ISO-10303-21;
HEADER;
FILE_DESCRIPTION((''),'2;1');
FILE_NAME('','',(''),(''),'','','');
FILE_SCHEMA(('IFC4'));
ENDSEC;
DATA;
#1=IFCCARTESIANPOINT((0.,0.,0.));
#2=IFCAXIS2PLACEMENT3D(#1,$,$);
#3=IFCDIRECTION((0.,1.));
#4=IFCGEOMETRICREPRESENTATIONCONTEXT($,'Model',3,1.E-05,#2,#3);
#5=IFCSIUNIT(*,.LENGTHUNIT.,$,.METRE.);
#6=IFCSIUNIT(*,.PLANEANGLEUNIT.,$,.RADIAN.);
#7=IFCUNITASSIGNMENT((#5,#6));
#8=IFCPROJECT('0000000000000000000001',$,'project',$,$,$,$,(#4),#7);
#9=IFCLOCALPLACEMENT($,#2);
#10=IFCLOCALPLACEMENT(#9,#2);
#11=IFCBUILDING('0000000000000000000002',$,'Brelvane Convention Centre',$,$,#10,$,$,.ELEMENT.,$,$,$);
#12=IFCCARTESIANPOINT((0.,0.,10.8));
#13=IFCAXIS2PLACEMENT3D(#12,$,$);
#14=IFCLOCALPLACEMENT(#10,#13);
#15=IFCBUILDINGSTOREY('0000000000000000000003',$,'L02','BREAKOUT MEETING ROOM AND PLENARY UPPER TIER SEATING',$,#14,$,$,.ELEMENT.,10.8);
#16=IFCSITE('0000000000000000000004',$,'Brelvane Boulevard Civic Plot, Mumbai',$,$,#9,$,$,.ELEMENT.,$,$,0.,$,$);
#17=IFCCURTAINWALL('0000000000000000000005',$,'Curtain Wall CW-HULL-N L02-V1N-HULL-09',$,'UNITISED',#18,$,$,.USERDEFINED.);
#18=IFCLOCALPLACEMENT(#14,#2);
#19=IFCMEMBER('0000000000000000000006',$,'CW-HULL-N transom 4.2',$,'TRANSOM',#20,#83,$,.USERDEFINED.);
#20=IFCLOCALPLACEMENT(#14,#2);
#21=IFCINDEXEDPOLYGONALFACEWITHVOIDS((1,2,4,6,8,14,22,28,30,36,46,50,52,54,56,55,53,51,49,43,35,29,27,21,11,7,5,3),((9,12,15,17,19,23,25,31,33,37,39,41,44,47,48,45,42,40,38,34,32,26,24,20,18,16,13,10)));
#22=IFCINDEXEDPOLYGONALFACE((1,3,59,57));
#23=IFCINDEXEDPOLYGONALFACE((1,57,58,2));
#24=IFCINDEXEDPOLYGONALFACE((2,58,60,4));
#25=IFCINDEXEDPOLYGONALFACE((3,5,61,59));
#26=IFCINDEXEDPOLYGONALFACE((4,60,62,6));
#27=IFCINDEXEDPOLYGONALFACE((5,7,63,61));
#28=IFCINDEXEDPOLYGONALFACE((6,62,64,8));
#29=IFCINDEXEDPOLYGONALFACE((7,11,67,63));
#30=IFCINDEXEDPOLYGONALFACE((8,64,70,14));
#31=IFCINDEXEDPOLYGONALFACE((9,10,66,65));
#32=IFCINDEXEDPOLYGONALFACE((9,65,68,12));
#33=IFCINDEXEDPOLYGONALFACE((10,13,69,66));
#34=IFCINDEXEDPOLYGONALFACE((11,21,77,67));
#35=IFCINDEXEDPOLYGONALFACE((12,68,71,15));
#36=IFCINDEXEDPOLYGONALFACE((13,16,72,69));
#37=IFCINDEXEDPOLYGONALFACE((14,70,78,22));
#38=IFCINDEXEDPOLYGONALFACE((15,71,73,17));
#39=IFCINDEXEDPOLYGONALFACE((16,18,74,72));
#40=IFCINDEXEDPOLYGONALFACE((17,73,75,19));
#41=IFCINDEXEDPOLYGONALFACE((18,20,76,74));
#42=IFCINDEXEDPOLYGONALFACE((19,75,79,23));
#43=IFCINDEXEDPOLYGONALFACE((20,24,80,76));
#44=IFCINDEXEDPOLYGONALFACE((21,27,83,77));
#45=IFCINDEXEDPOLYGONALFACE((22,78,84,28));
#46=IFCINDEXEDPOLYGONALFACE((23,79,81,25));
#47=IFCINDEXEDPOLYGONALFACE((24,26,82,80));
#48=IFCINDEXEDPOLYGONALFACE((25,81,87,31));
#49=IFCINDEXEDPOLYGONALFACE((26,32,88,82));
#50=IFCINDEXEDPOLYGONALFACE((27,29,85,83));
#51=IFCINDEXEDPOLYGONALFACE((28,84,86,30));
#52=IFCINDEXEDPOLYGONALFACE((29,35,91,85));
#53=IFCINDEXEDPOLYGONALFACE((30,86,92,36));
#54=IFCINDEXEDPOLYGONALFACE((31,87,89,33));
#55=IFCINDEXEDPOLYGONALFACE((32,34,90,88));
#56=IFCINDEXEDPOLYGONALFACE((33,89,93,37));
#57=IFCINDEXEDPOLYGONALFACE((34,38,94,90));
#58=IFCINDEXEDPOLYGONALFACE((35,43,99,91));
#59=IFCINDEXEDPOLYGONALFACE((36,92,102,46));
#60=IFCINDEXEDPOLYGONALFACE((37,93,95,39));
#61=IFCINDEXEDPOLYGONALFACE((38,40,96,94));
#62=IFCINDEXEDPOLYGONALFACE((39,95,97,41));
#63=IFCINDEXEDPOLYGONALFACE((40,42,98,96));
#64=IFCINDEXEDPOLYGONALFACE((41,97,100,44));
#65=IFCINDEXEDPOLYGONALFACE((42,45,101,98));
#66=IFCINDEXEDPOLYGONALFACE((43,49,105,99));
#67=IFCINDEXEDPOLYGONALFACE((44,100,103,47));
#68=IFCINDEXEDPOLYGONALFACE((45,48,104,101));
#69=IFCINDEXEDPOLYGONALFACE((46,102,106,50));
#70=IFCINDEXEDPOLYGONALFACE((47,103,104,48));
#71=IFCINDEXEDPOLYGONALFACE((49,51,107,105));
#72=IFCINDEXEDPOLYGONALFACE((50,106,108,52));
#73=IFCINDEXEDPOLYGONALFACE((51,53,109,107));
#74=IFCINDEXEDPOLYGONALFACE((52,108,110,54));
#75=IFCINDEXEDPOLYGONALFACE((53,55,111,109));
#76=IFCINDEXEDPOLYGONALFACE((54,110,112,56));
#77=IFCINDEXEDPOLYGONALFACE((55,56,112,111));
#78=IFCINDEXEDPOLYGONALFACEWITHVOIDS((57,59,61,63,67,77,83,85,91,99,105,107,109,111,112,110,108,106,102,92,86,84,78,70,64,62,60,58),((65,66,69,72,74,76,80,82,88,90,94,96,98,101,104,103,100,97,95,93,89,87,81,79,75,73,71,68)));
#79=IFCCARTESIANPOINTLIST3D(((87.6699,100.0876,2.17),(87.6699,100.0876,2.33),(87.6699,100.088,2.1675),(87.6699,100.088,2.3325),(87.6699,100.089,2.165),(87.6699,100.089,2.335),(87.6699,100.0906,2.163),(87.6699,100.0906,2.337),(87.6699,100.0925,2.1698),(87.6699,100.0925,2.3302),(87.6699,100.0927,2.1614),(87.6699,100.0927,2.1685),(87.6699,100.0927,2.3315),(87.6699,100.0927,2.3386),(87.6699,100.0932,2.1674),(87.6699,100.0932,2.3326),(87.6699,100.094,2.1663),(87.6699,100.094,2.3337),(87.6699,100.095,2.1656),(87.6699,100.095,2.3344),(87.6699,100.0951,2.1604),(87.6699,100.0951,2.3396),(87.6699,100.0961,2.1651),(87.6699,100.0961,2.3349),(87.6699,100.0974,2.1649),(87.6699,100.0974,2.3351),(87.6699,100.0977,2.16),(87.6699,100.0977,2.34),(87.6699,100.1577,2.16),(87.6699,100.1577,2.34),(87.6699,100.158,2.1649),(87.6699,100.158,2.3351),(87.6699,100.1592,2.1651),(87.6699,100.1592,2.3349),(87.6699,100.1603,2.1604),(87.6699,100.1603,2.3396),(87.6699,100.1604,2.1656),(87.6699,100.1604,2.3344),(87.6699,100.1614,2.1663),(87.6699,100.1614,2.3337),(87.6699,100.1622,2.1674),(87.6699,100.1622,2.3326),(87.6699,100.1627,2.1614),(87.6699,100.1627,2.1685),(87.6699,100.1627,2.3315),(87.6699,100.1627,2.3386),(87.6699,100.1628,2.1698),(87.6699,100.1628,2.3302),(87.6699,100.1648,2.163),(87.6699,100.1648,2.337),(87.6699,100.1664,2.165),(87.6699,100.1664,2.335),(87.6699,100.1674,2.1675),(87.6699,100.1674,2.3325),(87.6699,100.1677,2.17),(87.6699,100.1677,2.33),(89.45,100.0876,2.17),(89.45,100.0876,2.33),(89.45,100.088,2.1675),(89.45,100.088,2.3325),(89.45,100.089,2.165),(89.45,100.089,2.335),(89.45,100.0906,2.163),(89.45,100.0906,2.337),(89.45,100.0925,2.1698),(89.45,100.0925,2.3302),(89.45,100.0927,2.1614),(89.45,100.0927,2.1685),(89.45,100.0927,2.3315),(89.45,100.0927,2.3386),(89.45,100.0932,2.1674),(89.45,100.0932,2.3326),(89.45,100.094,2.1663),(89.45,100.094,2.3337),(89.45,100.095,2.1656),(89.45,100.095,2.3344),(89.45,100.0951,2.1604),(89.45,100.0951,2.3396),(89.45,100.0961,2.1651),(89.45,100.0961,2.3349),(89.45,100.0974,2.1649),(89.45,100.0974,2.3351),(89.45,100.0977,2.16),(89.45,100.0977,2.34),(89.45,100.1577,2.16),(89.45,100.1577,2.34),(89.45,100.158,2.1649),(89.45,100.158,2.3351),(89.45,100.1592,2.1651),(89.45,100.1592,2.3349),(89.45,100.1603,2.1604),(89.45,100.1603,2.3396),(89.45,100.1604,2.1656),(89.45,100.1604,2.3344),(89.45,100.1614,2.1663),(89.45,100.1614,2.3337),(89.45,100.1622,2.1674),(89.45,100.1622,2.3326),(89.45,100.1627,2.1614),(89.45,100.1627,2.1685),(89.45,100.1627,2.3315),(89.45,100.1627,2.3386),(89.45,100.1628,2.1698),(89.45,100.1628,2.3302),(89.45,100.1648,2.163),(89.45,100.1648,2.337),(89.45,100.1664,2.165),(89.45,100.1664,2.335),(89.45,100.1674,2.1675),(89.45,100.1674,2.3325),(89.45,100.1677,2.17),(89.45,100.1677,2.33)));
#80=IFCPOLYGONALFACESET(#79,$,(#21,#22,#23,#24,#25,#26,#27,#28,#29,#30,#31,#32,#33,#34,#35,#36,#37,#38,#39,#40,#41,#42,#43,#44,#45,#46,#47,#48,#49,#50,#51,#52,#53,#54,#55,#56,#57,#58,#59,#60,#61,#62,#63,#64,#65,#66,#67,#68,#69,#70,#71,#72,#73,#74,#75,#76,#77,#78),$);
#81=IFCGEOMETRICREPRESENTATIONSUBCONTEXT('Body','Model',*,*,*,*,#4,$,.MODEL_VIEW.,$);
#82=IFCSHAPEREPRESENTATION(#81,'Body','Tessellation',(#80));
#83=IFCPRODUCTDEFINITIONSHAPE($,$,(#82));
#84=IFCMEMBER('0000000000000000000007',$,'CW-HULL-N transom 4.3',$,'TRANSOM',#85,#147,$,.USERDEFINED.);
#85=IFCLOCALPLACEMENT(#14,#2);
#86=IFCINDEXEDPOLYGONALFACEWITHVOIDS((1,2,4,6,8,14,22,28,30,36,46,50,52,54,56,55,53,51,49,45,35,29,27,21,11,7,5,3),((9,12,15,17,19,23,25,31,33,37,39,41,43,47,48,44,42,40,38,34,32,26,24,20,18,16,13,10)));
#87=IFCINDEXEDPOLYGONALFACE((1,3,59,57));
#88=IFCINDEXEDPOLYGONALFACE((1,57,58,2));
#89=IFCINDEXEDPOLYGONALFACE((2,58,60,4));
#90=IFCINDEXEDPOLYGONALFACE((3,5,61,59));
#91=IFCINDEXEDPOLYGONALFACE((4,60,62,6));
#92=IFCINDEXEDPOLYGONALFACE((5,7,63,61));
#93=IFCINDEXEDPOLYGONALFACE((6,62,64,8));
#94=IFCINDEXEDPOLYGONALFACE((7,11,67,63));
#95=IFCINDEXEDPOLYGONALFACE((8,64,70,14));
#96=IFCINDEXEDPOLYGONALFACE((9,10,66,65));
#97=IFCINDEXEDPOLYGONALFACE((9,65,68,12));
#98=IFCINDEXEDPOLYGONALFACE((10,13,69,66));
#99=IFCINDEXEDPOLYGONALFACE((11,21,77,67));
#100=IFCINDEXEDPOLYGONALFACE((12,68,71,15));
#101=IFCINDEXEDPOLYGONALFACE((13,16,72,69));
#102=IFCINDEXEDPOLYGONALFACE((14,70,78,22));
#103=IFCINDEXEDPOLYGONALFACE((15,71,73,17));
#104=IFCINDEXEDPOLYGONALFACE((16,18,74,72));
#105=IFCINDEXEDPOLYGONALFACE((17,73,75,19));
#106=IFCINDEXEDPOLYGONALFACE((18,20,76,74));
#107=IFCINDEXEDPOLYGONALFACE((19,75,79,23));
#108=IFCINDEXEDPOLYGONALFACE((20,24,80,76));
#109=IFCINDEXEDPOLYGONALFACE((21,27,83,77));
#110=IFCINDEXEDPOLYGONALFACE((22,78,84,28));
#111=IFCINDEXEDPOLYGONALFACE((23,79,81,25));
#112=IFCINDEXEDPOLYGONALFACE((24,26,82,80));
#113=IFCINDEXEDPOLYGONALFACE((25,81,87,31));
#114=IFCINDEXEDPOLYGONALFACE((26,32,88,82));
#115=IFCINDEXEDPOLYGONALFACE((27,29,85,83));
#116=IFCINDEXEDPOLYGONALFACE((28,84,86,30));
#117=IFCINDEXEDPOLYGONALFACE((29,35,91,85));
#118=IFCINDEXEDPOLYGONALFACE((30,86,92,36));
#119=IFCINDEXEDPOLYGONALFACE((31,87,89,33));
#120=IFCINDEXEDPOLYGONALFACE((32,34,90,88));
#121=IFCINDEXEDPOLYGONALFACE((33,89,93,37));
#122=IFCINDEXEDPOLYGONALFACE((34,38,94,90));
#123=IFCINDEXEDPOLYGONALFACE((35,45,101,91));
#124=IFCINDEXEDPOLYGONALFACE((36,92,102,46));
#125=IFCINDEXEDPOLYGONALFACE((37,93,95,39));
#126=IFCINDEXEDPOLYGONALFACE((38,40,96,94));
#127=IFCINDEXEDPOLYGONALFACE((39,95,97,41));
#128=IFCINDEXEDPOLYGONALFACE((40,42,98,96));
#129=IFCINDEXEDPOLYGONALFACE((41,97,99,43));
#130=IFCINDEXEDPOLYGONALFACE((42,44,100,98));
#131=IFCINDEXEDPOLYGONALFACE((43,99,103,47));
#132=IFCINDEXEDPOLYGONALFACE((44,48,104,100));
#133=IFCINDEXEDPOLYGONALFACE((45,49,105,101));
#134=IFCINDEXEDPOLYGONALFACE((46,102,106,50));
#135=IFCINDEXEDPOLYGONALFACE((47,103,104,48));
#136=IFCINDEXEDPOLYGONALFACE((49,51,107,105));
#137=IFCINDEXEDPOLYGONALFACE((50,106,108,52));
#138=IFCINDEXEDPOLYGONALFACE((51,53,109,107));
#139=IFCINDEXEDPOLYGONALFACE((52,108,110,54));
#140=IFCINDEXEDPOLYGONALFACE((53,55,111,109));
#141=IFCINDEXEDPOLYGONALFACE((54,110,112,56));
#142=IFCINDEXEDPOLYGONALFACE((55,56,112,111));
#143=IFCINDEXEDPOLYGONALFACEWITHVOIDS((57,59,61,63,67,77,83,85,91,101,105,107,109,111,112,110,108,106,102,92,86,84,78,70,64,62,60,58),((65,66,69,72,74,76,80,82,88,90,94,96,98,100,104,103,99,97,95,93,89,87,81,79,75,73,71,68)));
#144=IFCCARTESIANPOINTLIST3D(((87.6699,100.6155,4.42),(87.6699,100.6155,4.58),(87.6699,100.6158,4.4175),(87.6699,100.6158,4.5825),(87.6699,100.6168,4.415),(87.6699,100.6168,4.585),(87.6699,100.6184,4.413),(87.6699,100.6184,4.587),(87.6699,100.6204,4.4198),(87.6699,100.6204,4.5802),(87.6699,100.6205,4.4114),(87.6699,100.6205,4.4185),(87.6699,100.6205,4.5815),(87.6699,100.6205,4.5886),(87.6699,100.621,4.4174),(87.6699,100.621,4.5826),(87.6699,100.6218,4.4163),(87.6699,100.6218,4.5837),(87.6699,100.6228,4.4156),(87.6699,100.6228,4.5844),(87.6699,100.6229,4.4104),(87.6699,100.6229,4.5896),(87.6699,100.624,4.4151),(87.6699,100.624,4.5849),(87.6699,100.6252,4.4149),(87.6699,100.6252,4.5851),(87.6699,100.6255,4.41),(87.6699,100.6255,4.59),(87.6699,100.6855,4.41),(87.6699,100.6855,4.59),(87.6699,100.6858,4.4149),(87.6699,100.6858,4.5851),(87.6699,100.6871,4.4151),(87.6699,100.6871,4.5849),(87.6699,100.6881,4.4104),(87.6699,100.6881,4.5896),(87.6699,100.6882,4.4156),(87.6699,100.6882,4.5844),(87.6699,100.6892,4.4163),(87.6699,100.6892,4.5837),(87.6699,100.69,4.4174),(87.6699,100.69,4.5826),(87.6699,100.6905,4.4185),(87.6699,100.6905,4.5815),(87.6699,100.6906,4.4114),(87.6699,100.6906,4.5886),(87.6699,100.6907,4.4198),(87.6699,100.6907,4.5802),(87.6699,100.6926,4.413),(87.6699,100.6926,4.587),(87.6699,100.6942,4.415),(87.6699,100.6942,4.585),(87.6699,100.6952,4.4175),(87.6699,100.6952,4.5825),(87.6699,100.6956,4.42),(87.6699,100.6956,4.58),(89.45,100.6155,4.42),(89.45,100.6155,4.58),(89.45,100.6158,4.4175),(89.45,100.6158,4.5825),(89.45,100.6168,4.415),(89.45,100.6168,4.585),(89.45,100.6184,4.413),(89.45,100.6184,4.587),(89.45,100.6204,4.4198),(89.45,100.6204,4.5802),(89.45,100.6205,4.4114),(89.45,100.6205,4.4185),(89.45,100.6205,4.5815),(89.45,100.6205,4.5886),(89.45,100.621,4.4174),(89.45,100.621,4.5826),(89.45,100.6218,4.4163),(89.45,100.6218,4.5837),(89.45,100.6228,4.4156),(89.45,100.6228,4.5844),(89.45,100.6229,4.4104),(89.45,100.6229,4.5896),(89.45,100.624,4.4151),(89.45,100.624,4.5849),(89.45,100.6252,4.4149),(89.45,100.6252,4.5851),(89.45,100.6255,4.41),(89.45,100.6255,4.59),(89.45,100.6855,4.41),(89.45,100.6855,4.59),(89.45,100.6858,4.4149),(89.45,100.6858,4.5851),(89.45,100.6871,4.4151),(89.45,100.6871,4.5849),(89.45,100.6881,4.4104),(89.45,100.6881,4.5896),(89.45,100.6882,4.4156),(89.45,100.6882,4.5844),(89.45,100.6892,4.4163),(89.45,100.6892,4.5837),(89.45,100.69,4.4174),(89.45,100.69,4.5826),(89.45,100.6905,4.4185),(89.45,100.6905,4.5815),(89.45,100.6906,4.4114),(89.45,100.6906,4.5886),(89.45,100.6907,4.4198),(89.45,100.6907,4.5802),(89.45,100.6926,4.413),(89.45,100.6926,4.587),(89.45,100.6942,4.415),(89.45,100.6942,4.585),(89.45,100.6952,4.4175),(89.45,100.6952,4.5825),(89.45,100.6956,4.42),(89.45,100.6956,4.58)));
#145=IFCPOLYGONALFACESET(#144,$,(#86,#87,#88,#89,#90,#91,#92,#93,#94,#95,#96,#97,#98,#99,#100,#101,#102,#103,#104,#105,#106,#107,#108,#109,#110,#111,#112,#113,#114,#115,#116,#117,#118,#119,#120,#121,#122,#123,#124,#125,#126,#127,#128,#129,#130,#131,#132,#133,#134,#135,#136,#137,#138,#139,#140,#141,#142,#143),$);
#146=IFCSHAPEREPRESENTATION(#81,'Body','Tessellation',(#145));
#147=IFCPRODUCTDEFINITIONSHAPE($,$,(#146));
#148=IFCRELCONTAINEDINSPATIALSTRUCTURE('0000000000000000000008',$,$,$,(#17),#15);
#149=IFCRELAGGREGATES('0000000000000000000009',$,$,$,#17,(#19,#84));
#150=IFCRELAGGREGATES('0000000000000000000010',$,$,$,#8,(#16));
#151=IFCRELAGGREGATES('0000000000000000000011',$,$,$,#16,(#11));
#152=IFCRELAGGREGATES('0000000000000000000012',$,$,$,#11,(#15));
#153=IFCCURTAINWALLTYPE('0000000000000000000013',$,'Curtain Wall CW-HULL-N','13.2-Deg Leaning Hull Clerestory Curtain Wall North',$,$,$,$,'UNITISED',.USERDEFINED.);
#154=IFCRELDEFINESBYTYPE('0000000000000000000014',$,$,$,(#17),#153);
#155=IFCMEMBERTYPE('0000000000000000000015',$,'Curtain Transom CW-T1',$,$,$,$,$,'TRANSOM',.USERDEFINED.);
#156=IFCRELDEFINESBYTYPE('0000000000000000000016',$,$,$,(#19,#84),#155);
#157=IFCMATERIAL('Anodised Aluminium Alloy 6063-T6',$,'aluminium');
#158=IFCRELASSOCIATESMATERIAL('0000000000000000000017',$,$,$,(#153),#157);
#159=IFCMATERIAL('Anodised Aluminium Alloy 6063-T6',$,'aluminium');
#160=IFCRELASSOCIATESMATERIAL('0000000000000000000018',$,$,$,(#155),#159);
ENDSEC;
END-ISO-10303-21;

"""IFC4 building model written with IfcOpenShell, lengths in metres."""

from ifc_helpers import new_model, si_unit, direction, frame, origin, origin_2d, place, context, subcontext, project, spatial, hollow_rectangle, extrude, material, material_profile, profile_set, type_object, element, aggregate, save


model = new_model("IFC4")

# Units and contexts
model_context = context("Model", 3, precision=1e-05, world=origin(), true_north=direction((0.0, 1.0)))
body_context = subcontext(model_context, "Body", "Model", "MODEL_VIEW")
ifc_project = project(units=[si_unit("LENGTHUNIT", "METRE"), si_unit("PLANEANGLEUNIT", "RADIAN")], contexts=[model_context])

# Site, building, storey
site_placement = place(None, origin())
site = spatial("IfcSite", under=ifc_project, at=site_placement, Name="Brelvane Boulevard Civic Plot, Mumbai", CompositionType="ELEMENT", RefElevation=0.0)
building_placement = place(site_placement, origin())
building = spatial("IfcBuilding", under=site, at=building_placement, Name="Brelvane Convention Centre", CompositionType="ELEMENT")
storey_placement = place(building_placement, frame((0.0, 0.0, 10.8)))
storey = spatial("IfcBuildingStorey", under=building, at=storey_placement, Name="L02", Description="BREAKOUT MEETING ROOM AND PLENARY UPPER TIER SEATING", CompositionType="ELEMENT", Elevation=10.8)

# Curtain wall, members
ifc_material_1 = material(Name="Anodised Aluminium Alloy 6063-T6", Category="aluminium")
curtain_wall_type = type_object("IfcCurtainWallType", Name="Curtain Wall CW-HULL-N", Description="13.2-Deg Leaning Hull Clerestory Curtain Wall North", ElementType="UNITISED", PredefinedType="USERDEFINED", material=ifc_material_1)
curtain_wall_placement = place(storey_placement, origin())
curtain_wall = element("IfcCurtainWall", 1, at=curtain_wall_placement, inside=storey, type_object=curtain_wall_type, Name="Curtain Wall CW-HULL-N L02-V1N-HULL-09", ObjectType="UNITISED", PredefinedType="USERDEFINED")
ifc_material_2 = material(Name="Anodised Aluminium Alloy 6063-T6", Category="aluminium")
ifc_material_profile_1 = material_profile(ifc_material_2, hollow_rectangle(XDim=0.0801, YDim=0.1799, WallThickness=0.0049, InnerFilletRadius=0.0049, OuterFilletRadius=0.01, at=origin_2d()), Name="ALU-T 180x80x5.0")
ifc_profile_set_1 = profile_set([ifc_material_profile_1], Name="Anodised Aluminium Alloy 6063-T6")
member_type_1 = type_object("IfcMemberType", Name="Curtain Transom CW-T1", ElementType="TRANSOM", PredefinedType="USERDEFINED", material=ifc_profile_set_1)
member_1_placement = place(storey_placement, frame((87.6699, 100.1277, 2.25), z_axis=(1.0, 0.0, 0.0), x_axis=(0.0, 1.0, 0.0)))
member_1 = element("IfcMember", 2, at=member_1_placement, type_object=member_type_1, Name="CW-HULL-N transom 4.2", ObjectType="TRANSOM", PredefinedType="USERDEFINED", context=body_context, shape_type="SweptSolid", body=[
    extrude(hollow_rectangle(XDim=0.0801, YDim=0.1799, WallThickness=0.0049, InnerFilletRadius=0.0049, OuterFilletRadius=0.01, at=origin_2d()), origin(), (0.0, 0.0, 1.0), 1.78),
])
member_2_placement = place(storey_placement, frame((87.6699, 100.6555, 4.5), z_axis=(1.0, 0.0, 0.0), x_axis=(0.0, 1.0, 0.0)))
member_2 = element("IfcMember", 3, at=member_2_placement, type_object=member_type_1, Name="CW-HULL-N transom 4.3", ObjectType="TRANSOM", PredefinedType="USERDEFINED", context=body_context, shape_type="SweptSolid", body=[
    extrude(hollow_rectangle(XDim=0.0801, YDim=0.1799, WallThickness=0.0049, InnerFilletRadius=0.0049, OuterFilletRadius=0.01, at=origin_2d()), origin(), (0.0, 0.0, 1.0), 1.78),
])
aggregate(curtain_wall, [member_1, member_2])

save(model, "model.ifc")
